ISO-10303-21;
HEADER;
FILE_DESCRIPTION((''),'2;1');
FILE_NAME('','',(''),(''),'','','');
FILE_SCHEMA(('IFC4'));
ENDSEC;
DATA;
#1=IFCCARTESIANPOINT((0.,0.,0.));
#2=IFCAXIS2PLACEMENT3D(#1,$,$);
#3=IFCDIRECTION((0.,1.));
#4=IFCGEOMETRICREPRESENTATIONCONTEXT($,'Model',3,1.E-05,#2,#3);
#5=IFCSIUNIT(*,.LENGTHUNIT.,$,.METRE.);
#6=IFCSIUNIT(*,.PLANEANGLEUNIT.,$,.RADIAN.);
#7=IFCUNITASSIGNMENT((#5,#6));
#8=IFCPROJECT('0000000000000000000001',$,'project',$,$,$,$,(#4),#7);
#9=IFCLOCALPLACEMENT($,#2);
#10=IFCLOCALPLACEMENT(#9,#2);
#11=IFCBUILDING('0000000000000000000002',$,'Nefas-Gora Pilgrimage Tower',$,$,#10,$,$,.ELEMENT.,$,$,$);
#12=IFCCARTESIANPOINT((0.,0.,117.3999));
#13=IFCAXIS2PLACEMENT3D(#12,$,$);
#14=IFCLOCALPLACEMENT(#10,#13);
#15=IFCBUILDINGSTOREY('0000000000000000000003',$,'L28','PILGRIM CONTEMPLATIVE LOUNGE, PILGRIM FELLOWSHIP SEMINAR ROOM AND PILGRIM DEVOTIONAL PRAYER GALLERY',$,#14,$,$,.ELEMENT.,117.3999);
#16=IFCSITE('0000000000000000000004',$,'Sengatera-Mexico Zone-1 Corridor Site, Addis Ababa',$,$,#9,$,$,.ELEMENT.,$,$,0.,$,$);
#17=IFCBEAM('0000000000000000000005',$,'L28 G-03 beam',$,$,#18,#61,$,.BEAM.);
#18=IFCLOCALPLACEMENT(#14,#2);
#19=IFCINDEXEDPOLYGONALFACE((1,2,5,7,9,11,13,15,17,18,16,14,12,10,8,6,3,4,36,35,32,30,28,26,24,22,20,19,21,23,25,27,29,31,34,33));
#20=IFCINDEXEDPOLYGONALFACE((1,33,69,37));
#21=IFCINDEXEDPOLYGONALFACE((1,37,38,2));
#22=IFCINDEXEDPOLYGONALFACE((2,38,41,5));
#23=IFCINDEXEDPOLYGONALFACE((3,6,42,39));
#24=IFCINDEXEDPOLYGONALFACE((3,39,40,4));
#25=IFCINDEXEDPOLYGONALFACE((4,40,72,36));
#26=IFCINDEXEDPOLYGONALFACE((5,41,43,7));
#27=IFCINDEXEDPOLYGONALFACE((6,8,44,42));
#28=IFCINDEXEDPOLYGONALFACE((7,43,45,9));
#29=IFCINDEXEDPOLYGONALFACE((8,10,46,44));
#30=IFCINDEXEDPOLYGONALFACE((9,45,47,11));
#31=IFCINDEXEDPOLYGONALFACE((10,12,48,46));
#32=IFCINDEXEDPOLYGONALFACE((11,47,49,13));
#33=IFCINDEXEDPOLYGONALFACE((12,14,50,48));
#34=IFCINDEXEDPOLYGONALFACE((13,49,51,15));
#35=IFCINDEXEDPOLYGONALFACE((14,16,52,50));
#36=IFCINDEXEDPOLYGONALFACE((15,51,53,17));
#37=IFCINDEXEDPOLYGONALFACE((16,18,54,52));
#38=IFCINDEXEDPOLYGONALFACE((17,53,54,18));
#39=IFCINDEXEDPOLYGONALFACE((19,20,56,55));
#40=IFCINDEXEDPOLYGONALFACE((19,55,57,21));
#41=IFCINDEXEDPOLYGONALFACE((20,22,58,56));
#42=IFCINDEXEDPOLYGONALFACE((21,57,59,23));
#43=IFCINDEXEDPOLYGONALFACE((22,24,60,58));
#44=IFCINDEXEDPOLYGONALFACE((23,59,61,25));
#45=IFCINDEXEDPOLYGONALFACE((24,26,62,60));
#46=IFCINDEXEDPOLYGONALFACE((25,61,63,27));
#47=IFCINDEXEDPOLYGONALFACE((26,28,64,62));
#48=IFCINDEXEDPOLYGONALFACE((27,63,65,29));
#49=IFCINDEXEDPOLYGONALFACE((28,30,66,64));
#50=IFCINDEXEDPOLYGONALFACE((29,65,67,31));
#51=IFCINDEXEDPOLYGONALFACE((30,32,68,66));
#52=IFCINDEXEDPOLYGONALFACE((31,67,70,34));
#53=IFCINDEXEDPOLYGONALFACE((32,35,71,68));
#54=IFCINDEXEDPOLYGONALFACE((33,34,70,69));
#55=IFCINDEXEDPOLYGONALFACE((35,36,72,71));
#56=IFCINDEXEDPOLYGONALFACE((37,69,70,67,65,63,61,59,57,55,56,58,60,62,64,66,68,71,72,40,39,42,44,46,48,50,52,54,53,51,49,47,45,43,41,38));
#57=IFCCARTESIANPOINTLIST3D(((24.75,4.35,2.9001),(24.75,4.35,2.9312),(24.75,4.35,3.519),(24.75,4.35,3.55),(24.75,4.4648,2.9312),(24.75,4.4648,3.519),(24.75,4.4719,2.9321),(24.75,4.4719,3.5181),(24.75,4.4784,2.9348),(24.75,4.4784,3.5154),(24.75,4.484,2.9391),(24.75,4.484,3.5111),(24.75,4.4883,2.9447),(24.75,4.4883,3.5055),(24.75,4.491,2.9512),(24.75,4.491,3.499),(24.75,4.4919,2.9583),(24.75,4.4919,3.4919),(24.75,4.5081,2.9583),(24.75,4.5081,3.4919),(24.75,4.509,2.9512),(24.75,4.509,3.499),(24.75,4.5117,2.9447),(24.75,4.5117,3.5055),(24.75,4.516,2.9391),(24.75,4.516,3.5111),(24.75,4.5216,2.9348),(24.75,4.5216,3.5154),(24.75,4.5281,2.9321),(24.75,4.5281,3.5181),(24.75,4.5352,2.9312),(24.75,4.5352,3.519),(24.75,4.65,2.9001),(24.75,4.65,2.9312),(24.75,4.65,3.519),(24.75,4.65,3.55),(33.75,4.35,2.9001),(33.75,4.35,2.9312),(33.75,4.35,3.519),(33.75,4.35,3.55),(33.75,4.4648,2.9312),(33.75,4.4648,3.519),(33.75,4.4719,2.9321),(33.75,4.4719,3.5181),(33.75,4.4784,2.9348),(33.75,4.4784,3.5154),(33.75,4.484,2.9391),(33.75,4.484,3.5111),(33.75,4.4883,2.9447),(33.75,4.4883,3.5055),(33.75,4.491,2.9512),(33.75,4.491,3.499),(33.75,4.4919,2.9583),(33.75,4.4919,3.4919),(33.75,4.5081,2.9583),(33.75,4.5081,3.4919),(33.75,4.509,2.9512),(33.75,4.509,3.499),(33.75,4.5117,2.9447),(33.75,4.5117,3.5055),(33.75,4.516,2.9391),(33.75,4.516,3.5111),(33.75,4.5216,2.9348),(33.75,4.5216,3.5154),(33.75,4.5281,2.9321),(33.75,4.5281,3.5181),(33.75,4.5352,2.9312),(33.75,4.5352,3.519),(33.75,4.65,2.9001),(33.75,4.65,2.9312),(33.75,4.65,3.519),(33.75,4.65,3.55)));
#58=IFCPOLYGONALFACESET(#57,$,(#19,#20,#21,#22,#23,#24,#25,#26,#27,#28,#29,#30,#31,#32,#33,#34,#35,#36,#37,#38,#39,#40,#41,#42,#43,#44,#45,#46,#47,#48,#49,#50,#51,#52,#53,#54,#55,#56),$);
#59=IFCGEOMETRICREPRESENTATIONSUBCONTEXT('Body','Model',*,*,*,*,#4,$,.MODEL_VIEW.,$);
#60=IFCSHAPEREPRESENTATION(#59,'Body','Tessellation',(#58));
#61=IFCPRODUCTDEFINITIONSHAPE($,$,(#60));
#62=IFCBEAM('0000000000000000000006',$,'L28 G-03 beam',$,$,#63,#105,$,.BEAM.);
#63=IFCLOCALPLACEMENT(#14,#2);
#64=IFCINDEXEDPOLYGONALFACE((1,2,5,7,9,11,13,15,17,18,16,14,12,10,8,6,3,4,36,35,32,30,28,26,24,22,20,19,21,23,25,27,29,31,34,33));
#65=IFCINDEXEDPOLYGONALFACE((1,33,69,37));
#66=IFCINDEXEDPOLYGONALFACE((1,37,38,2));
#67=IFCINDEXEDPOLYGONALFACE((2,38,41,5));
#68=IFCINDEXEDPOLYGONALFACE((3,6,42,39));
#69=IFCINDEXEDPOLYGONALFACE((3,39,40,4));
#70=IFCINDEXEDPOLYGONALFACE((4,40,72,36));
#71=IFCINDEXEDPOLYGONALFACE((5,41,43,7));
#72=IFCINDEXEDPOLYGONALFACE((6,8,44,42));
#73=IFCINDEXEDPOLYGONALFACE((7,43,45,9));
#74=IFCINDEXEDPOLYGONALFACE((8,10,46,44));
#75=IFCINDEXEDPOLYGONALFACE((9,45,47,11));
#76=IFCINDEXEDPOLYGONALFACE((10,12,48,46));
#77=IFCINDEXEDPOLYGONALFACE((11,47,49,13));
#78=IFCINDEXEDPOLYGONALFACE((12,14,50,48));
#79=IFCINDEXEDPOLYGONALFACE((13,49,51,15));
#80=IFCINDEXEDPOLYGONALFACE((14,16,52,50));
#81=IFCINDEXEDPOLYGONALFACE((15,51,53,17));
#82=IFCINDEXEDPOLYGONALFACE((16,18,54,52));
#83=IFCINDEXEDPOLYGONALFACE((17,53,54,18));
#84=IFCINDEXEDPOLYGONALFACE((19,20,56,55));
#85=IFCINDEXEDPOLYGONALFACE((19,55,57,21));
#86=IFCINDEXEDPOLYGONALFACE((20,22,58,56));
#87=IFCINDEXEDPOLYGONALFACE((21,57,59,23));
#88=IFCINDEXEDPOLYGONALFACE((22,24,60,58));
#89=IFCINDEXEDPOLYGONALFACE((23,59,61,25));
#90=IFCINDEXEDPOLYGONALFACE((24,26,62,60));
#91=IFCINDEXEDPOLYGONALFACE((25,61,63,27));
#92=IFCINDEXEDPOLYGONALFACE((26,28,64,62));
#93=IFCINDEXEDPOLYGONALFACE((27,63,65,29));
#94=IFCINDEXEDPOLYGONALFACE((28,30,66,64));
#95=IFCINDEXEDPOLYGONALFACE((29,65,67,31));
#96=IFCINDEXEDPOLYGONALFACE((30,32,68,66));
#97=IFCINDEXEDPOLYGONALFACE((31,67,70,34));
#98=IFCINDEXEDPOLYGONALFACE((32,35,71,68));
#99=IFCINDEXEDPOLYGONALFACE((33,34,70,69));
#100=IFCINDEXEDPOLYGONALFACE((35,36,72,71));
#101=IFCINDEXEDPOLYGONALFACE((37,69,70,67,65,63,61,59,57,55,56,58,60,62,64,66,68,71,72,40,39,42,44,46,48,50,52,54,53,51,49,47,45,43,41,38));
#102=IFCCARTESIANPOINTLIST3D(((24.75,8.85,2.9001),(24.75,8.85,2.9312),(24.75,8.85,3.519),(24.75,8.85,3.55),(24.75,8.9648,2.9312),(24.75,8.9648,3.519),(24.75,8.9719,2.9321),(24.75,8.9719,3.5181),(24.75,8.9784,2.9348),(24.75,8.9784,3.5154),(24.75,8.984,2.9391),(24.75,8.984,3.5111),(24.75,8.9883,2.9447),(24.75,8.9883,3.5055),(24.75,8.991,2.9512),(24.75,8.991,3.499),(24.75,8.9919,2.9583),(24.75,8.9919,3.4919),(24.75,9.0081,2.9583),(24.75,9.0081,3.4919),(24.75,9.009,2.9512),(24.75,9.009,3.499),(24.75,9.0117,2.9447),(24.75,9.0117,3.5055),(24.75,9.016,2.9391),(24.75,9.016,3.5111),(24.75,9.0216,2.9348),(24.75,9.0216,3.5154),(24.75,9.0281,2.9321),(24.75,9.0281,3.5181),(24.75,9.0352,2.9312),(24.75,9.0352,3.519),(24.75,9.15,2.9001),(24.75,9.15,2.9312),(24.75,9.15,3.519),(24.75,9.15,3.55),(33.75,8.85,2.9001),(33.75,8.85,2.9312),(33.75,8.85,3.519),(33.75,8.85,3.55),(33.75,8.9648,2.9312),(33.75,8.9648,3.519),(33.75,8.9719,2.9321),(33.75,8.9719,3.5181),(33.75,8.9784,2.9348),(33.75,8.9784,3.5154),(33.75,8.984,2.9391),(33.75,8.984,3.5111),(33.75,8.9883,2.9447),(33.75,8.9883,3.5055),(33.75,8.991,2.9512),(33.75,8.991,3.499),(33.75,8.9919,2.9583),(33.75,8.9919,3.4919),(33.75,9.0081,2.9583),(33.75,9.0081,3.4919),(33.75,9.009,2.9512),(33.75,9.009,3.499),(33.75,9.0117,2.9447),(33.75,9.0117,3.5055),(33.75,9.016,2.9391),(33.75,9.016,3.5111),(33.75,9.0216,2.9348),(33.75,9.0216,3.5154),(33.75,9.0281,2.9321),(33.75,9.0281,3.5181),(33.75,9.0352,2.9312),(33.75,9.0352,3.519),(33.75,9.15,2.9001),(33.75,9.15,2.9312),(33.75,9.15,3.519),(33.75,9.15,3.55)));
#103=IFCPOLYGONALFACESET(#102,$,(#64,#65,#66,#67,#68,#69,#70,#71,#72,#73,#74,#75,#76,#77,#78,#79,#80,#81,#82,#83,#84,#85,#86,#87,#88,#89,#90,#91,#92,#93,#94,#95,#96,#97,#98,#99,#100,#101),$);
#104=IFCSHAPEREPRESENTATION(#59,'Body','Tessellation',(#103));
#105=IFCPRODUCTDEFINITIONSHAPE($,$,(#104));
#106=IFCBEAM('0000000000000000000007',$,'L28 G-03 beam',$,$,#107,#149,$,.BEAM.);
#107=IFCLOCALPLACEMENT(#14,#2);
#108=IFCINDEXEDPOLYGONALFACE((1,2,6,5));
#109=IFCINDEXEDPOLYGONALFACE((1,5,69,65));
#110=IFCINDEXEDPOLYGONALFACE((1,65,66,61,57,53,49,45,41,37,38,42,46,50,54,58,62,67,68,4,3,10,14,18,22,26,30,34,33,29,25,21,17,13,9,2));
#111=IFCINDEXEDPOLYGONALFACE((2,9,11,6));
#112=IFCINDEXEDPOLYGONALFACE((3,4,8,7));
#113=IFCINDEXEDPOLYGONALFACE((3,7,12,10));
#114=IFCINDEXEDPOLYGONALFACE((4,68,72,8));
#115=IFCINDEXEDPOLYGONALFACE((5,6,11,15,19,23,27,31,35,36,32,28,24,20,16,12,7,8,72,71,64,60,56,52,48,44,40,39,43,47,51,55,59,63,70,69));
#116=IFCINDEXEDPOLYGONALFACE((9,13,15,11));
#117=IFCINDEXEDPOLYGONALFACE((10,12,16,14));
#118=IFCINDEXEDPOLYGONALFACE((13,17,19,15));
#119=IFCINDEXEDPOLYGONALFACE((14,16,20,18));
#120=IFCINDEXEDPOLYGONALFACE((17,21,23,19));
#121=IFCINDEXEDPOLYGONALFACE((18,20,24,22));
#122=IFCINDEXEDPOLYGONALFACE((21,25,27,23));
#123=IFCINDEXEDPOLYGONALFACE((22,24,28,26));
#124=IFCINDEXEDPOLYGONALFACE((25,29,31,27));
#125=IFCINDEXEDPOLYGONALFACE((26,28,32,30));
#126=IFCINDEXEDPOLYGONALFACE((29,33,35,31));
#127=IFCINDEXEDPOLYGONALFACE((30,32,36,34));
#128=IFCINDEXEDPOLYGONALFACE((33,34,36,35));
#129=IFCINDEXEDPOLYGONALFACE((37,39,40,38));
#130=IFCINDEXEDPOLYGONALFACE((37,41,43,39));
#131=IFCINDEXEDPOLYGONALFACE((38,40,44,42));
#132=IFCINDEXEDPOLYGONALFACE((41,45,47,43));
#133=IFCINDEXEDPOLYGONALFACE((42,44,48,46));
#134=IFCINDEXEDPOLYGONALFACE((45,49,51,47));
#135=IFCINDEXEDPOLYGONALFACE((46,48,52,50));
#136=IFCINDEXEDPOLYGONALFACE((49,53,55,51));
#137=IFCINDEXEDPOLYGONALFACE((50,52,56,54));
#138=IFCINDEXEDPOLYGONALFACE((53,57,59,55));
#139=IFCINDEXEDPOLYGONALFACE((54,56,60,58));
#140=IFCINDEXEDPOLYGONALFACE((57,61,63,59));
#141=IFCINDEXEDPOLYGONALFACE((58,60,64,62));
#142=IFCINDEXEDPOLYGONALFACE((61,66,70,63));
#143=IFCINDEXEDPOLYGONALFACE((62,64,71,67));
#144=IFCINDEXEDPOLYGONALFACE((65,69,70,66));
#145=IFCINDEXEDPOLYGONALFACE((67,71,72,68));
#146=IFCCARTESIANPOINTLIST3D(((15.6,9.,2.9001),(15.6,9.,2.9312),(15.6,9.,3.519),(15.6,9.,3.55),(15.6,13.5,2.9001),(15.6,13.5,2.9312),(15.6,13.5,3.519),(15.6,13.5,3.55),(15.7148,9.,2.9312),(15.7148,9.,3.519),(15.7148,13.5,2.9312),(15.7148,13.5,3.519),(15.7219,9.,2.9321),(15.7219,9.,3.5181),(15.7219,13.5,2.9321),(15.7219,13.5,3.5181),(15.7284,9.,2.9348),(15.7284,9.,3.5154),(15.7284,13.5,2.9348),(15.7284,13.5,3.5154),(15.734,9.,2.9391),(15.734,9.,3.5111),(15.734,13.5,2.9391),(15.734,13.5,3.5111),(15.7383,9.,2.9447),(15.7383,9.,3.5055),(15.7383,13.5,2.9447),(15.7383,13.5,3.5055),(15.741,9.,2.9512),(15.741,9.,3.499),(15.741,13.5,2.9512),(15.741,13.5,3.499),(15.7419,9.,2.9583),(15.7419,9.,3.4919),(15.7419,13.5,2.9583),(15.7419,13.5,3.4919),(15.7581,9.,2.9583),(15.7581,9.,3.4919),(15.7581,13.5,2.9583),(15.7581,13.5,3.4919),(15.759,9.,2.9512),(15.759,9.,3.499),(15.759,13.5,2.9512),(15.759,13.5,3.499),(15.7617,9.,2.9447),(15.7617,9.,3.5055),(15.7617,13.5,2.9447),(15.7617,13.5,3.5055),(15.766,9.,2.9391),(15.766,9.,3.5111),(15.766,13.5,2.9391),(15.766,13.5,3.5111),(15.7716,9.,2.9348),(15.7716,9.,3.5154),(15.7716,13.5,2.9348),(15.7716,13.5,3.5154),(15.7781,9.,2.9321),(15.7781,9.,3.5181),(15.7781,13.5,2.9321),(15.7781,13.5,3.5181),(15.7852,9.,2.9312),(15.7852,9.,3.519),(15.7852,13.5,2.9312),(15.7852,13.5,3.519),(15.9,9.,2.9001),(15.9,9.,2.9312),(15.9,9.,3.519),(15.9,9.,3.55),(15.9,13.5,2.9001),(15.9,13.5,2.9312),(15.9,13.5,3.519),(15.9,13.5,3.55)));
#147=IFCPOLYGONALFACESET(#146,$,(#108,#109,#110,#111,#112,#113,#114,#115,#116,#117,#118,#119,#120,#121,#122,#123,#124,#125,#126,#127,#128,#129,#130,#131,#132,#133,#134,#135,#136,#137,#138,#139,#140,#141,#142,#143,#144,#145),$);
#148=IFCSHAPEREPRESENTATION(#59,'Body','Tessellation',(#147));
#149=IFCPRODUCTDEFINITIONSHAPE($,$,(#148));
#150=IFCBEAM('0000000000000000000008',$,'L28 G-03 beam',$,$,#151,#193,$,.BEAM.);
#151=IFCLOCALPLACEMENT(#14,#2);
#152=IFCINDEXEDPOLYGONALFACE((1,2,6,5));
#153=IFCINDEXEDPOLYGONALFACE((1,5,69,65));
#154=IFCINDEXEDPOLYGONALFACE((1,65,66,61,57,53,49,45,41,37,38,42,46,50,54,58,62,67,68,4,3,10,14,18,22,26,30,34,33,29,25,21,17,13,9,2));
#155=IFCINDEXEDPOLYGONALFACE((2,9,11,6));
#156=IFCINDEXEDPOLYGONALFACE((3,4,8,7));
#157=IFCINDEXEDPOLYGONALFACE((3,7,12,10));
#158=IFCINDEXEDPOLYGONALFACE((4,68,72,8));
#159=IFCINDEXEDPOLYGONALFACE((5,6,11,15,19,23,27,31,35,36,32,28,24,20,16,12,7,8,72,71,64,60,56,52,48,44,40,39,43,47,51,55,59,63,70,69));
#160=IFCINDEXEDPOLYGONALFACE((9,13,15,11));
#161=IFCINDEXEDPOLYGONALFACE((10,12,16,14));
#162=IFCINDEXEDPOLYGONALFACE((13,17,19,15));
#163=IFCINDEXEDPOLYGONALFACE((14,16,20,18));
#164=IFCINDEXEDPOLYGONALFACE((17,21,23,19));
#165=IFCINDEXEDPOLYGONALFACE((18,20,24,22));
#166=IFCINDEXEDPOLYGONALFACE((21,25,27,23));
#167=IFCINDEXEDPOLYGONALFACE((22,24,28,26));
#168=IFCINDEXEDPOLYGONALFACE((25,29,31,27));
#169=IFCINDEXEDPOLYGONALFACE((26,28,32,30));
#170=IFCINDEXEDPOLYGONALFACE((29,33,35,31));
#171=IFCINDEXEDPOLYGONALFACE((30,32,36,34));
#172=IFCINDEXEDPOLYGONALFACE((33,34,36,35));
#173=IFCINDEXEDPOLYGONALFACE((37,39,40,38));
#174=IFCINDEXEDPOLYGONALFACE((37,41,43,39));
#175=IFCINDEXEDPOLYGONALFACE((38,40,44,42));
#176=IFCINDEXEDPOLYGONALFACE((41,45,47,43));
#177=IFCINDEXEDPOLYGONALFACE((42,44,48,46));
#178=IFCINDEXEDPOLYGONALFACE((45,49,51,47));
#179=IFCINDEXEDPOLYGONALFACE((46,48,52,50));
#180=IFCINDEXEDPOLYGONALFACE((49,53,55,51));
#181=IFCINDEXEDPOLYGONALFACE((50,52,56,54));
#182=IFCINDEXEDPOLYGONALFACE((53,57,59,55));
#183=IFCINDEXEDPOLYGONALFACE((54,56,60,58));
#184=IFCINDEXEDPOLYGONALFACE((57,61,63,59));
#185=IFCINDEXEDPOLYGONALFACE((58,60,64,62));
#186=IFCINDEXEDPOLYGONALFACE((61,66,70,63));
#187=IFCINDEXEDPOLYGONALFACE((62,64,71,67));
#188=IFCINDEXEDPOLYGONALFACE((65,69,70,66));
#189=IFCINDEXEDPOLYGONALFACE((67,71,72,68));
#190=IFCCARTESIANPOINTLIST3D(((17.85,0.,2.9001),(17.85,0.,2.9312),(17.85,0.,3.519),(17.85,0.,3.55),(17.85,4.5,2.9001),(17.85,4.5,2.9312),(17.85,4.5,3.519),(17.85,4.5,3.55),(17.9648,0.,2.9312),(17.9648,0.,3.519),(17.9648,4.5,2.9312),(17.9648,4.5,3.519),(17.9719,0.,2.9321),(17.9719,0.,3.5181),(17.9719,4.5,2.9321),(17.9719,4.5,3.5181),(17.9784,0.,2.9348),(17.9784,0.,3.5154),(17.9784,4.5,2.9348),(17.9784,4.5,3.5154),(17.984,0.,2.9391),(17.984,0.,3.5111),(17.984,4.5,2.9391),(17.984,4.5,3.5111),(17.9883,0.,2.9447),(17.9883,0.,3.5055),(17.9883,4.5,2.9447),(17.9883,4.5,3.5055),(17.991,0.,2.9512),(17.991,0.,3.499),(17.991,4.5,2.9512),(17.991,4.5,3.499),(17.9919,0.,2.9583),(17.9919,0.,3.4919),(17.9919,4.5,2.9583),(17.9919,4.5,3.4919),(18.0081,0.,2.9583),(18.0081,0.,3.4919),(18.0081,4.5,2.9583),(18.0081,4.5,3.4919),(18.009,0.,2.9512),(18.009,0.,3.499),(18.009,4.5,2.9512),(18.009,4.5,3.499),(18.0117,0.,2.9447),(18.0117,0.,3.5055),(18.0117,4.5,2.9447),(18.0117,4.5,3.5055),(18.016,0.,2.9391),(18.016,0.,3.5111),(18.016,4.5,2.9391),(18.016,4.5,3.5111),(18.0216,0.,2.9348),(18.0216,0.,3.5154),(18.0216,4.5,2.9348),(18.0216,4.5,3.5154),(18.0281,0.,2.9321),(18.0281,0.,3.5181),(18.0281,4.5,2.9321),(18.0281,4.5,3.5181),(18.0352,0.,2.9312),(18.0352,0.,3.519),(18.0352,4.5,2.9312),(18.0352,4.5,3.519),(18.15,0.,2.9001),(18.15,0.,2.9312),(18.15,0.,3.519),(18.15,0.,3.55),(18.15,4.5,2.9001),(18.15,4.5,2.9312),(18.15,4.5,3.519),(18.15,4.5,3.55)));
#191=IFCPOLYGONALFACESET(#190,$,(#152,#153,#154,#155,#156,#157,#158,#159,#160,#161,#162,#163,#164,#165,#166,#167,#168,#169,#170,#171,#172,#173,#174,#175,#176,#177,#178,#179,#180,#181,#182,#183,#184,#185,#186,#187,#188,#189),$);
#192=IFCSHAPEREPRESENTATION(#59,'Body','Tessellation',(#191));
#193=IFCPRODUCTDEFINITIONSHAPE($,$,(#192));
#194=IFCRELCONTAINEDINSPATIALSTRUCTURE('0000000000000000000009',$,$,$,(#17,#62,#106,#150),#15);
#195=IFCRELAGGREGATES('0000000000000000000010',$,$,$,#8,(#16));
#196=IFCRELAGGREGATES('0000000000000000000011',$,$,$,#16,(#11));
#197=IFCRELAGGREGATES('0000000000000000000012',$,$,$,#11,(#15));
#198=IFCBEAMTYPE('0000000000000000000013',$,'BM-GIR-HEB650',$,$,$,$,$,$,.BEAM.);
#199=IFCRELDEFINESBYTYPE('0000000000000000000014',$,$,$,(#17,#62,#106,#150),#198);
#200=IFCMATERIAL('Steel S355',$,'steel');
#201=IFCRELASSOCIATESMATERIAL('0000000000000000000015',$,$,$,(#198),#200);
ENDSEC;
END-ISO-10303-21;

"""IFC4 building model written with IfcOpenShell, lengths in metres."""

from ifc_helpers import new_model, si_unit, direction, frame, origin, origin_2d, place, context, subcontext, project, spatial, i_section, extrude, source, transform, mapped, material, material_profile, profile_set, type_object, element, save


model = new_model("IFC4")

# Units and contexts
model_context = context("Model", 3, precision=1e-05, world=origin(), true_north=direction((0.0, 1.0)))
body_context = subcontext(model_context, "Body", "Model", "MODEL_VIEW")
ifc_project = project(units=[si_unit("LENGTHUNIT", "METRE"), si_unit("PLANEANGLEUNIT", "RADIAN")], contexts=[model_context])

# Site, building, storey
site_placement = place(None, origin())
site = spatial("IfcSite", under=ifc_project, at=site_placement, Name="Sengatera-Mexico Zone-1 Corridor Site, Addis Ababa", CompositionType="ELEMENT", RefElevation=0.0)
building_placement = place(site_placement, origin())
building = spatial("IfcBuilding", under=site, at=building_placement, Name="Nefas-Gora Pilgrimage Tower", CompositionType="ELEMENT")
storey_placement = place(building_placement, frame((0.0, 0.0, 117.3999)))
storey = spatial("IfcBuildingStorey", under=building, at=storey_placement, Name="L28", Description="PILGRIM CONTEMPLATIVE LOUNGE, PILGRIM FELLOWSHIP SEMINAR ROOM AND PILGRIM DEVOTIONAL PRAYER GALLERY", CompositionType="ELEMENT", Elevation=117.3999)

# Beams
ifc_material_1 = material(Name="Steel S355", Category="steel")
ifc_material_profile_1 = material_profile(ifc_material_1, i_section(OverallWidth=0.3, OverallDepth=0.6499, WebThickness=0.0161, FlangeThickness=0.031, FilletRadius=0.0271, at=origin_2d()), Name="HEB 650")
ifc_profile_set_1 = profile_set([ifc_material_profile_1], Name="Steel S355")
beam_type_1 = type_object("IfcBeamType", Name="BM-GIR-HEB650", PredefinedType="BEAM", material=ifc_profile_set_1)
shared_shape_1 = source(origin(), body_context, "Body", "SweptSolid", [
    extrude(i_section(OverallWidth=0.3, OverallDepth=0.6499, WebThickness=0.0161, FlangeThickness=0.031, FilletRadius=0.0271, at=origin_2d()), origin(), (0.0, 0.0, 1.0), 9.0),
])
for number, where, z_axis, x_axis, name in (
    (1, (24.75, 4.5, 3.2251), (1.0, 0.0, 0.0), (0.0, 1.0, 0.0), "L28 G-03 beam"),
    (2, (24.75, 9.0, 3.2251), (1.0, 0.0, 0.0), (0.0, 1.0, 0.0), "L28 G-03 beam"),
):
    element("IfcBeam", number, at=place(storey_placement, frame(where, z_axis=z_axis, x_axis=x_axis)), inside=storey, type_object=beam_type_1, Name=name, PredefinedType="BEAM", context=body_context, shape_type="MappedRepresentation", body=[
        mapped(shared_shape_1, transform((0.0, 0.0, 0.0), x_axis=(1.0, 0.0, 0.0), y_axis=(0.0, 1.0, 0.0), z_axis=(0.0, 0.0, 1.0), scale=1.0)),
    ])
shared_shape_2 = source(origin(), body_context, "Body", "SweptSolid", [
    extrude(i_section(OverallWidth=0.3, OverallDepth=0.6499, WebThickness=0.0161, FlangeThickness=0.031, FilletRadius=0.0271, at=origin_2d()), origin(), (0.0, 0.0, 1.0), 4.5),
])
for number, where, z_axis, x_axis, name in (
    (3, (15.75, 9.0, 3.2251), (0.0, 1.0, 0.0), (-1.0, 0.0, 0.0), "L28 G-03 beam"),
    (4, (18.0, 0.0, 3.2251), (0.0, 1.0, 0.0), (-1.0, 0.0, 0.0), "L28 G-03 beam"),
):
    element("IfcBeam", number, at=place(storey_placement, frame(where, z_axis=z_axis, x_axis=x_axis)), inside=storey, type_object=beam_type_1, Name=name, PredefinedType="BEAM", context=body_context, shape_type="MappedRepresentation", body=[
        mapped(shared_shape_2, transform((0.0, 0.0, 0.0), x_axis=(1.0, 0.0, 0.0), y_axis=(0.0, 1.0, 0.0), z_axis=(0.0, 0.0, 1.0), scale=1.0)),
    ])

save(model, "model.ifc")
